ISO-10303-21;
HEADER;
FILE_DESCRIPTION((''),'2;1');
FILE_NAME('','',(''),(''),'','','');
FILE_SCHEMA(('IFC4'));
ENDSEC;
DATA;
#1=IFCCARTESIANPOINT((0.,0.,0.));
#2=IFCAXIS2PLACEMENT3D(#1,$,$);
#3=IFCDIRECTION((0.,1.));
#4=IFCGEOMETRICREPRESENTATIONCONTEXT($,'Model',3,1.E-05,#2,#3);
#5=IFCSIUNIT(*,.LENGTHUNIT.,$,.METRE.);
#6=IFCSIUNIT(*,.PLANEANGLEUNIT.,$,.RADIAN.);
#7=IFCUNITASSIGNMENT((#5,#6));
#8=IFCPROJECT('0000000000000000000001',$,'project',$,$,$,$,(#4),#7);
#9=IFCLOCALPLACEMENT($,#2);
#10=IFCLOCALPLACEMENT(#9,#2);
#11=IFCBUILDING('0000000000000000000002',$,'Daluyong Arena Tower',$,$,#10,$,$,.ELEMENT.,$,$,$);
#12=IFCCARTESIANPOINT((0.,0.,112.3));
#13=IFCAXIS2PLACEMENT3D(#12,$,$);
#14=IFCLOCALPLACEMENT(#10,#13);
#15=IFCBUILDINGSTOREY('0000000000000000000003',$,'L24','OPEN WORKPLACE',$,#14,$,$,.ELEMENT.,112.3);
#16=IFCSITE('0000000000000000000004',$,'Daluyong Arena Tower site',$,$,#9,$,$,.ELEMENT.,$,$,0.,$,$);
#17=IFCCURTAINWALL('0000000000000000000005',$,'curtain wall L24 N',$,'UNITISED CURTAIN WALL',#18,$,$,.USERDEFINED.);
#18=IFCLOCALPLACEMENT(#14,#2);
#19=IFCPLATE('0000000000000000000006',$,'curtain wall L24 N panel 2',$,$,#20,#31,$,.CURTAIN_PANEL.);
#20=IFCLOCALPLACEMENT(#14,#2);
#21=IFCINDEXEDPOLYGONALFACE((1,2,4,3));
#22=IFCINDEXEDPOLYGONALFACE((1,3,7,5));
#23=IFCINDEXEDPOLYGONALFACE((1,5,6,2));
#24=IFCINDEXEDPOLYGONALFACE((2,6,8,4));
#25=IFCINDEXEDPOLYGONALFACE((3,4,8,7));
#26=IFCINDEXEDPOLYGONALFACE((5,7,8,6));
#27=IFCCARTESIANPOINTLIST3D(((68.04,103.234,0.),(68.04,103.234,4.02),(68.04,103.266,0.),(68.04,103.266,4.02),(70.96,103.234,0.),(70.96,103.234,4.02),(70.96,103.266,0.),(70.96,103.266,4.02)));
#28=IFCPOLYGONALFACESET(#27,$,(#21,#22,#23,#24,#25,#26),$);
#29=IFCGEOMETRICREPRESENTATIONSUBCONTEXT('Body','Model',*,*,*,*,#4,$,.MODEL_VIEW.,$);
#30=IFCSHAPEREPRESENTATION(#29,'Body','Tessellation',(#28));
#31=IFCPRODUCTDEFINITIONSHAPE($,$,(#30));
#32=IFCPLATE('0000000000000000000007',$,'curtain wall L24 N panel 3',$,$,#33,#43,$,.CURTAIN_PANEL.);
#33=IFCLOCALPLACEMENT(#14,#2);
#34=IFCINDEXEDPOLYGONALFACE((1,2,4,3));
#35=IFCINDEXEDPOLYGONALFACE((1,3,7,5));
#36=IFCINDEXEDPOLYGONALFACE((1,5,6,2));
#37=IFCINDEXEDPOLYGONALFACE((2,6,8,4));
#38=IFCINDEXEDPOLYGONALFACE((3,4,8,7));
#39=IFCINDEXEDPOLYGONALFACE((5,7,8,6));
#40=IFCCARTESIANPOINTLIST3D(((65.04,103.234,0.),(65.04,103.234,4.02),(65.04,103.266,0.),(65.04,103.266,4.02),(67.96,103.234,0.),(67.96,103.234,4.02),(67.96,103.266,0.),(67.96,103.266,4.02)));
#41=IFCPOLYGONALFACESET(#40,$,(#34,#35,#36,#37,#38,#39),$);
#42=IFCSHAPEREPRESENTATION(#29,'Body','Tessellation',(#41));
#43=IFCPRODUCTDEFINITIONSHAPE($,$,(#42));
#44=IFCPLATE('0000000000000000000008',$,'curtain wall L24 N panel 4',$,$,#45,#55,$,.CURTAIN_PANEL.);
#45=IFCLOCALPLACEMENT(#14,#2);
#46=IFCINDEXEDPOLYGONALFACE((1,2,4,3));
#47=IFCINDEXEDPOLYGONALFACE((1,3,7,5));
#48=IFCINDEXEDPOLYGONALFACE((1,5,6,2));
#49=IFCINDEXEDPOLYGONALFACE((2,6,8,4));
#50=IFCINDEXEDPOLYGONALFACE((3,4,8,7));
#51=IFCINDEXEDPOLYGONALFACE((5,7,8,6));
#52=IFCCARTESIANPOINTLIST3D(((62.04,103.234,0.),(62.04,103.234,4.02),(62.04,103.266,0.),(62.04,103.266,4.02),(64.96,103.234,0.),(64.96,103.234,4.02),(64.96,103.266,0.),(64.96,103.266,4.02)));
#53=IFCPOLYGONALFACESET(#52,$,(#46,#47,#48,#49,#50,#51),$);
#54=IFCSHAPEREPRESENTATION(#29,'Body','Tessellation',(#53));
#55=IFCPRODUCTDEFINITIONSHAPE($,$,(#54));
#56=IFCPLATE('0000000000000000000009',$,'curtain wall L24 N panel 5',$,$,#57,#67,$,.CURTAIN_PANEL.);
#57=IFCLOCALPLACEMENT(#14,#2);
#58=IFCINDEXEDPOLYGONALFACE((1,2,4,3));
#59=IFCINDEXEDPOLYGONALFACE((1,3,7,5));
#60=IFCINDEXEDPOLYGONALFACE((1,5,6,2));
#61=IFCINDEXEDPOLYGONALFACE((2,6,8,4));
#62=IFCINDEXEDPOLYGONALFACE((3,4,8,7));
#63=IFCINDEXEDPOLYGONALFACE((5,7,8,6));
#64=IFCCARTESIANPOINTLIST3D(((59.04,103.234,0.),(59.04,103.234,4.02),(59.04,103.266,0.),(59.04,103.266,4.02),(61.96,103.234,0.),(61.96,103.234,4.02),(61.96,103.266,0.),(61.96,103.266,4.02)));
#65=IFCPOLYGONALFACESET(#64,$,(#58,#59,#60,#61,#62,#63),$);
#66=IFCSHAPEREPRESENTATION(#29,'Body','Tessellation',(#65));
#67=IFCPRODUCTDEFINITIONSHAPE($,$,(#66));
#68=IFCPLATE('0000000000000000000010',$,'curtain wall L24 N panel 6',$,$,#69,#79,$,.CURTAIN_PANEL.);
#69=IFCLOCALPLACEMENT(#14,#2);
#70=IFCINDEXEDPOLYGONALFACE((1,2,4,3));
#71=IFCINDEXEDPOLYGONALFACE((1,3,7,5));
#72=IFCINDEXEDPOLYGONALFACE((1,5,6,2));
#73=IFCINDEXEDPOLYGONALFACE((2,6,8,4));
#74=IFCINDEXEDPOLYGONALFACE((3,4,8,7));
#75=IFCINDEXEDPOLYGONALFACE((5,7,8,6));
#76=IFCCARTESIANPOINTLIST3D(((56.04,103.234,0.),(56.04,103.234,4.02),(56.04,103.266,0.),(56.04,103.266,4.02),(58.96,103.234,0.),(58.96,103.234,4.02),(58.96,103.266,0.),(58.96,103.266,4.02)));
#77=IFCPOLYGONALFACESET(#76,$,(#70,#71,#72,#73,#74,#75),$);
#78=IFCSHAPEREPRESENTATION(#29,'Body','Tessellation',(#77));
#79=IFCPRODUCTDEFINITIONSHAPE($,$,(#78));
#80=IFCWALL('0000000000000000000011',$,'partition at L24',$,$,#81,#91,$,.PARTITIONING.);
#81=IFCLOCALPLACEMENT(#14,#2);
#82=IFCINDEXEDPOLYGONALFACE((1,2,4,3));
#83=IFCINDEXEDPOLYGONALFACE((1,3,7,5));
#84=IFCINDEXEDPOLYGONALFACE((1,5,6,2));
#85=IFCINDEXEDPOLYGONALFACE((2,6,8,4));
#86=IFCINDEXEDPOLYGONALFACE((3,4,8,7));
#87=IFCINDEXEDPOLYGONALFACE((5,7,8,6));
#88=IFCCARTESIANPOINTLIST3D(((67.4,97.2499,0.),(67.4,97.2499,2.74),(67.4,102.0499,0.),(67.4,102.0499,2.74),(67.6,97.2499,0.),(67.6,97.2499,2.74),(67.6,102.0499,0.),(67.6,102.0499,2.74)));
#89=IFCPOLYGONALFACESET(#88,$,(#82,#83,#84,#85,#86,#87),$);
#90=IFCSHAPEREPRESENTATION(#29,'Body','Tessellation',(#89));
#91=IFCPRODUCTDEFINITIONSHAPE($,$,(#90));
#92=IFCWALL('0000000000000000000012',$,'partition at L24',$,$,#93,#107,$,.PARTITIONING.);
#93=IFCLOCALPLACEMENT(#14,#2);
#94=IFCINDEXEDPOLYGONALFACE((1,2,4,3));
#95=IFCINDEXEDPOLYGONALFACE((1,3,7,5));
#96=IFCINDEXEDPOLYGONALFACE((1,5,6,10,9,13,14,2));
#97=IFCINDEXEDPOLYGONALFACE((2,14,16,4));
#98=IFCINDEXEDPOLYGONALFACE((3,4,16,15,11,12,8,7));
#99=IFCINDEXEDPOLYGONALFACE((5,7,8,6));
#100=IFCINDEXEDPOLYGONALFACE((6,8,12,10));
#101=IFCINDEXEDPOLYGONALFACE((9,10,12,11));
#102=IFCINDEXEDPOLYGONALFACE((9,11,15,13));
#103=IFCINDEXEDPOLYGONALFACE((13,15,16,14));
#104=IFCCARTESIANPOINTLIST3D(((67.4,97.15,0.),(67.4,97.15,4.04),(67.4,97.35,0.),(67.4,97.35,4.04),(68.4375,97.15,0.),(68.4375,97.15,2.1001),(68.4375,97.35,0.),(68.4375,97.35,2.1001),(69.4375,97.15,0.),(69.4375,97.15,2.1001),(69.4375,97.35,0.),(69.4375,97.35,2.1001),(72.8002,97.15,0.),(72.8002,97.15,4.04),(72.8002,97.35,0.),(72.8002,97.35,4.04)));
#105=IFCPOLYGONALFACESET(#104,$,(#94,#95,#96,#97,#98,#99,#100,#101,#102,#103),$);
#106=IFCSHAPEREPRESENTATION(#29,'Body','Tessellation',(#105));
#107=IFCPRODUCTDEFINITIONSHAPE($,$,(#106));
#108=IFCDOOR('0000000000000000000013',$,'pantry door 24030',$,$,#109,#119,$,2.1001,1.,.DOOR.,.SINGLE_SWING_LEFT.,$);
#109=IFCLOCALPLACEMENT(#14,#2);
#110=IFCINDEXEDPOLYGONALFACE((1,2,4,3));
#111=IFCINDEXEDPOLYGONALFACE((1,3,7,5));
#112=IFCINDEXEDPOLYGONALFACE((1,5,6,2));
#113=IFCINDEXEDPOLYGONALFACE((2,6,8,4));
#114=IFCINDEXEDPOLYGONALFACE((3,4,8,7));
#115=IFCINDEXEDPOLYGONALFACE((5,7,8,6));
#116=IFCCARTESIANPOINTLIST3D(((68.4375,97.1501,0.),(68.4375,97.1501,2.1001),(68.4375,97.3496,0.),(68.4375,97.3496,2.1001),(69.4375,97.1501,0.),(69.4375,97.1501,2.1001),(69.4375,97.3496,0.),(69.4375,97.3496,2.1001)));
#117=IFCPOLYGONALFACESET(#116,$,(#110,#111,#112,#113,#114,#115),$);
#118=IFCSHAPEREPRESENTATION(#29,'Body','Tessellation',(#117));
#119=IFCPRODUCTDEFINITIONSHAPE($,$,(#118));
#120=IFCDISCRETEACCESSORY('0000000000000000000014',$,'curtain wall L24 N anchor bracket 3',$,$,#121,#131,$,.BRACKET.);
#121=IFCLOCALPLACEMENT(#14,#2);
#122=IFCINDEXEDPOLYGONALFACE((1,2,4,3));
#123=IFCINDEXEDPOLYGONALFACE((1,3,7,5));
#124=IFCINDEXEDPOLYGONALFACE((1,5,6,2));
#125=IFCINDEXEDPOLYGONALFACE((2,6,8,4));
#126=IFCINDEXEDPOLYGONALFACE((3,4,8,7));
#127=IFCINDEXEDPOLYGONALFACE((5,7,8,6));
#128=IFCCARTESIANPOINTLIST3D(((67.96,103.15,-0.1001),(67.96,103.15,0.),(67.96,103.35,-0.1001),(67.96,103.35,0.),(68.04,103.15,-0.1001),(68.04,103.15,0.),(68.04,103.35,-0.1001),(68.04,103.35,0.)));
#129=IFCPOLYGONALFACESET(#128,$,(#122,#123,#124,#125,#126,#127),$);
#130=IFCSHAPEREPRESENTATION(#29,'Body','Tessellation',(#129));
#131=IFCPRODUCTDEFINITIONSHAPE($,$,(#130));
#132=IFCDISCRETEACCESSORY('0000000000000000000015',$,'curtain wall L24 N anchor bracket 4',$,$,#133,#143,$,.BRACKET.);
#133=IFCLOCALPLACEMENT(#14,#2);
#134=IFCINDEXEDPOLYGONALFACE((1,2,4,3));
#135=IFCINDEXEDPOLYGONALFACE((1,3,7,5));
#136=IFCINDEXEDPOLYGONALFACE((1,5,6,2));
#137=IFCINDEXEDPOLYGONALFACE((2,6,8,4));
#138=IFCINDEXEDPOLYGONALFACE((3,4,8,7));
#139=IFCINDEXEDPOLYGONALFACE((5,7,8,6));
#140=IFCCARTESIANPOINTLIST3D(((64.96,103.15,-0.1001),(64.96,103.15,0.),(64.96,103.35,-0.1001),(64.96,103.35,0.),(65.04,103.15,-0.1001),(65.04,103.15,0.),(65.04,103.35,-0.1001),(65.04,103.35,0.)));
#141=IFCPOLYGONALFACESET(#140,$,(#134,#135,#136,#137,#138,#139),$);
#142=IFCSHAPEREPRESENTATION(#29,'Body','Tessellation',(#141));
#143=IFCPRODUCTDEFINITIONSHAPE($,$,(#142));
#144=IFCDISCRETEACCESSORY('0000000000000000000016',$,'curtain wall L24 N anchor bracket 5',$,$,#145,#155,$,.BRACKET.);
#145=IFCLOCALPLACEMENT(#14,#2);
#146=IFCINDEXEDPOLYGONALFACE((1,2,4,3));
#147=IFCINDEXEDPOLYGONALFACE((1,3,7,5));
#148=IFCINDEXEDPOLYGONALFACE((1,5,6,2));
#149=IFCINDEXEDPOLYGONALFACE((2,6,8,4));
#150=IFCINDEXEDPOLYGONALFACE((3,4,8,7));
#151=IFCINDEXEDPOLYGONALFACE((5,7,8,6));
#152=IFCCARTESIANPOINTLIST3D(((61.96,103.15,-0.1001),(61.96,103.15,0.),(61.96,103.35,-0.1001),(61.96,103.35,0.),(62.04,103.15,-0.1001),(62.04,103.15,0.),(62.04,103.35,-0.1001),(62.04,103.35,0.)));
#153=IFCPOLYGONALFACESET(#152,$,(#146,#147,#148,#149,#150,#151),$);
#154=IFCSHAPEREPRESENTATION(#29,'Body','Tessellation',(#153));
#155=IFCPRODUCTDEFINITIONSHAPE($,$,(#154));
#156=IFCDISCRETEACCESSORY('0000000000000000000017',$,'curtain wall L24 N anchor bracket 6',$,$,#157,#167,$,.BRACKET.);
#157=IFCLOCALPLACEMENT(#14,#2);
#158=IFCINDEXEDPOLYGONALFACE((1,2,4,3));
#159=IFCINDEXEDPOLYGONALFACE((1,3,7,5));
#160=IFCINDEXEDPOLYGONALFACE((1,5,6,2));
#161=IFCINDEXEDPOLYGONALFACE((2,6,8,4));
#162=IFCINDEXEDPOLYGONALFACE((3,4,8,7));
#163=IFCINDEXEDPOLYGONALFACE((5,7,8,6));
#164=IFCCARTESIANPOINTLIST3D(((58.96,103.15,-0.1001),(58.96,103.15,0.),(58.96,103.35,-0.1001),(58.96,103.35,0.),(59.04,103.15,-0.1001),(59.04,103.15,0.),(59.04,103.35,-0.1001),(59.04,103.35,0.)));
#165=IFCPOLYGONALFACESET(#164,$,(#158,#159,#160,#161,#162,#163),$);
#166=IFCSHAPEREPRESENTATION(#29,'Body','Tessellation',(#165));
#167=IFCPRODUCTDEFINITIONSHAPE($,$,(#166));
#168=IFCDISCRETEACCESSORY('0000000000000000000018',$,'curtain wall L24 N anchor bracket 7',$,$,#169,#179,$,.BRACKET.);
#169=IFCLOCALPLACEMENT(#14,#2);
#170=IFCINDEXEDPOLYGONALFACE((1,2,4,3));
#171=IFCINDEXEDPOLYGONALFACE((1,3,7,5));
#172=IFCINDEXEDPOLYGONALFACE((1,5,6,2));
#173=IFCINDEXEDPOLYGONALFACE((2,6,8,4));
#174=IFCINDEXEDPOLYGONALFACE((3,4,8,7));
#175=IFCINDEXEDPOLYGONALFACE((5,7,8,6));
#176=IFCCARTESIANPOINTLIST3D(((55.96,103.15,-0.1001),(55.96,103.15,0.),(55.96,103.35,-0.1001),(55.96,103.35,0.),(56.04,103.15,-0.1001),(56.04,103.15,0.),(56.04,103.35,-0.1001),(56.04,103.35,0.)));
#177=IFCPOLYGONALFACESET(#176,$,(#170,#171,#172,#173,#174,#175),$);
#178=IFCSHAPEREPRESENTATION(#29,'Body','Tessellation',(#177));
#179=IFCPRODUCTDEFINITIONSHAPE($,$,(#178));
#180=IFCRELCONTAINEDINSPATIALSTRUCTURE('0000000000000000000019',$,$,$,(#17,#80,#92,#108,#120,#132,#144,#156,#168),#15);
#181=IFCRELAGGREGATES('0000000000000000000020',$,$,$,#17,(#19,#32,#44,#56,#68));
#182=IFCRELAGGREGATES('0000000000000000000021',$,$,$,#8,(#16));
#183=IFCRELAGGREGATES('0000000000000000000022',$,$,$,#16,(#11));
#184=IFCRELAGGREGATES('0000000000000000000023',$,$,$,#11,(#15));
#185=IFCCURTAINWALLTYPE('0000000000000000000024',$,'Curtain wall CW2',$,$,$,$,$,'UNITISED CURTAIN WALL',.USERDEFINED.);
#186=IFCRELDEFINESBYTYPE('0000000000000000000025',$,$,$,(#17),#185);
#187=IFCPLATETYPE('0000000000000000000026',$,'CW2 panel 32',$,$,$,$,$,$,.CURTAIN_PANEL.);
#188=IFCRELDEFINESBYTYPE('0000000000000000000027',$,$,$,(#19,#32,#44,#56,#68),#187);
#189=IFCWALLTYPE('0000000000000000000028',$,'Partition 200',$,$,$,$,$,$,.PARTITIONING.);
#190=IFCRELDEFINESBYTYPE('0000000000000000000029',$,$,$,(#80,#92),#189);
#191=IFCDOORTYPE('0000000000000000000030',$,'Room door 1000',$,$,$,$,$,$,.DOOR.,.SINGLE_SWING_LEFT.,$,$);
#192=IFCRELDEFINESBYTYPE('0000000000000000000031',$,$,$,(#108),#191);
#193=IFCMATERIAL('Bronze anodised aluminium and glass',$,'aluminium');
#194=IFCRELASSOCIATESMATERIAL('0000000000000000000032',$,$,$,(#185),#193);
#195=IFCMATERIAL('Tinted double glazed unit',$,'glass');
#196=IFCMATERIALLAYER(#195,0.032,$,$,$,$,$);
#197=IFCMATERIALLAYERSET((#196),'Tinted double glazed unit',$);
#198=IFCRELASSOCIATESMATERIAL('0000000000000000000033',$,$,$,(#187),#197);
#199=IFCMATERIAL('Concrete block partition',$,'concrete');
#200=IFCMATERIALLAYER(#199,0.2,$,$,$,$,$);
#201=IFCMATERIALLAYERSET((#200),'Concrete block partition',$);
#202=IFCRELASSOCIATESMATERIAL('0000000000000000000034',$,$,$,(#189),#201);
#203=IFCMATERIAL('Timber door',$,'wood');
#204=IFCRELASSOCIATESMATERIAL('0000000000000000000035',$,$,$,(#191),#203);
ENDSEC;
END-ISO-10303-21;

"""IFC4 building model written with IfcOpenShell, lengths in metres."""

from ifc_helpers import new_model, si_unit, direction, frame, frame_2d, origin, origin_2d, place, context, subcontext, project, spatial, rectangle, extrude, material, layer, layer_set, type_object, element, fill, aggregate, save


model = new_model("IFC4")

# Units and contexts
model_context = context("Model", 3, precision=1e-05, world=origin(), true_north=direction((0.0, 1.0)))
body_context = subcontext(model_context, "Body", "Model", "MODEL_VIEW")
ifc_project = project(units=[si_unit("LENGTHUNIT", "METRE"), si_unit("PLANEANGLEUNIT", "RADIAN")], contexts=[model_context])

# Site, building, storey
site_placement = place(None, origin())
site = spatial("IfcSite", under=ifc_project, at=site_placement, Name="Daluyong Arena Tower site", CompositionType="ELEMENT", RefElevation=0.0)
building_placement = place(site_placement, origin())
building = spatial("IfcBuilding", under=site, at=building_placement, Name="Daluyong Arena Tower", CompositionType="ELEMENT")
storey_placement = place(building_placement, frame((0.0, 0.0, 112.3)))
storey = spatial("IfcBuildingStorey", under=building, at=storey_placement, Name="L24", Description="OPEN WORKPLACE", CompositionType="ELEMENT", Elevation=112.3)

# Curtain wall
ifc_material_1 = material(Name="Bronze anodised aluminium and glass", Category="aluminium")
curtain_wall_type = type_object("IfcCurtainWallType", Name="Curtain wall CW2", ElementType="UNITISED CURTAIN WALL", PredefinedType="USERDEFINED", material=ifc_material_1)
curtain_wall_placement = place(storey_placement, origin())
curtain_wall = element("IfcCurtainWall", 1, at=curtain_wall_placement, inside=storey, type_object=curtain_wall_type, Name="curtain wall L24 N", ObjectType="UNITISED CURTAIN WALL", PredefinedType="USERDEFINED")

# Plates
ifc_material_2 = material(Name="Tinted double glazed unit", Category="glass")
ifc_layer_1 = layer(ifc_material_2, 0.032)
ifc_layer_set_1 = layer_set([ifc_layer_1], Name="Tinted double glazed unit")
plate_type = type_object("IfcPlateType", Name="CW2 panel 32", PredefinedType="CURTAIN_PANEL", material=ifc_layer_set_1)
plate_1_placement = place(storey_placement, frame((69.5, 103.25, 0.0), z_axis=(0.0, 0.0, 1.0), x_axis=(-1.0, 0.0, 0.0)))
plate_1 = element("IfcPlate", 2, at=plate_1_placement, type_object=plate_type, Name="curtain wall L24 N panel 2", PredefinedType="CURTAIN_PANEL", context=body_context, shape_type="SweptSolid", body=[
    extrude(rectangle(XDim=2.9199, YDim=0.032, at=origin_2d()), origin(), (0.0, 0.0, 1.0), 4.02),
])
plate_2_placement = place(storey_placement, frame((66.5, 103.25, 0.0), z_axis=(0.0, 0.0, 1.0), x_axis=(-1.0, 0.0, 0.0)))
plate_2 = element("IfcPlate", 3, at=plate_2_placement, type_object=plate_type, Name="curtain wall L24 N panel 3", PredefinedType="CURTAIN_PANEL", context=body_context, shape_type="SweptSolid", body=[
    extrude(rectangle(XDim=2.9199, YDim=0.032, at=origin_2d()), origin(), (0.0, 0.0, 1.0), 4.02),
])
plate_3_placement = place(storey_placement, frame((63.5, 103.25, 0.0), z_axis=(0.0, 0.0, 1.0), x_axis=(-1.0, 0.0, 0.0)))
plate_3 = element("IfcPlate", 4, at=plate_3_placement, type_object=plate_type, Name="curtain wall L24 N panel 4", PredefinedType="CURTAIN_PANEL", context=body_context, shape_type="SweptSolid", body=[
    extrude(rectangle(XDim=2.9199, YDim=0.032, at=origin_2d()), origin(), (0.0, 0.0, 1.0), 4.02),
])
plate_4_placement = place(storey_placement, frame((60.5, 103.25, 0.0), z_axis=(0.0, 0.0, 1.0), x_axis=(-1.0, 0.0, 0.0)))
plate_4 = element("IfcPlate", 5, at=plate_4_placement, type_object=plate_type, Name="curtain wall L24 N panel 5", PredefinedType="CURTAIN_PANEL", context=body_context, shape_type="SweptSolid", body=[
    extrude(rectangle(XDim=2.9199, YDim=0.032, at=origin_2d()), origin(), (0.0, 0.0, 1.0), 4.02),
])
plate_5_placement = place(storey_placement, frame((57.5, 103.25, 0.0), z_axis=(0.0, 0.0, 1.0), x_axis=(-1.0, 0.0, 0.0)))
plate_5 = element("IfcPlate", 6, at=plate_5_placement, type_object=plate_type, Name="curtain wall L24 N panel 6", PredefinedType="CURTAIN_PANEL", context=body_context, shape_type="SweptSolid", body=[
    extrude(rectangle(XDim=2.9199, YDim=0.032, at=origin_2d()), origin(), (0.0, 0.0, 1.0), 4.02),
])
aggregate(curtain_wall, [plate_1, plate_2, plate_3, plate_4, plate_5])

# Wall
ifc_material_3 = material(Name="Concrete block partition", Category="concrete")
ifc_layer_2 = layer(ifc_material_3, 0.2)
ifc_layer_set_2 = layer_set([ifc_layer_2], Name="Concrete block partition")
wall_type = type_object("IfcWallType", Name="Partition 200", PredefinedType="PARTITIONING", material=ifc_layer_set_2)
wall_1_placement = place(storey_placement, frame((67.5, 97.25, 0.0), z_axis=(0.0, 0.0, 1.0), x_axis=(0.0, 1.0, 0.0)))
element("IfcWall", 7, at=wall_1_placement, inside=storey, type_object=wall_type, Name="partition at L24", PredefinedType="PARTITIONING", context=body_context, shape_type="SweptSolid", body=[
    extrude(rectangle(XDim=4.8, YDim=0.2, at=frame_2d((2.3999, 0.0))), origin(), (0.0, 0.0, 1.0), 2.74),
])

# Wall, opening, door
wall_2_placement = place(storey_placement, frame((67.3999, 97.25, 0.0), z_axis=(0.0, 0.0, 1.0), x_axis=(1.0, 0.0, 0.0)))
wall_2 = element("IfcWall", 8, at=wall_2_placement, inside=storey, type_object=wall_type, Name="partition at L24", PredefinedType="PARTITIONING", context=body_context, shape_type="SweptSolid", body=[
    extrude(rectangle(XDim=5.4001, YDim=0.2, at=frame_2d((2.7002, 0.0))), origin(), (0.0, 0.0, 1.0), 4.04),
])
opening_placement = place(wall_2_placement, frame((1.0376, 0.0, 0.0)))
opening = element("IfcOpeningElement", 9, at=opening_placement, cuts=wall_2, PredefinedType="OPENING", context=body_context, shape_type="SweptSolid", body=[
    extrude(rectangle(XDim=1.0, YDim=2.1001, at=frame_2d((0.5, 1.05))), frame((0.0, 0.1099, 0.0), z_axis=(0.0, -1.0, 0.0), x_axis=(1.0, 0.0, 0.0)), (0.0, 0.0, 1.0), 0.22),
])
ifc_material_4 = material(Name="Timber door", Category="wood")
door_type = type_object("IfcDoorType", Name="Room door 1000", OperationType="SINGLE_SWING_LEFT", PredefinedType="DOOR", material=ifc_material_4)
door_placement = place(opening_placement, origin())
door = element("IfcDoor", 10, at=door_placement, inside=storey, type_object=door_type, Name="pantry door 24030", OperationType="SINGLE_SWING_LEFT", OverallHeight=2.1001, OverallWidth=1.0, PredefinedType="DOOR", context=body_context, shape_type="SweptSolid", body=[
    extrude(rectangle(XDim=1.0, YDim=2.1001, at=frame_2d((0.5, 1.05))), frame((0.0, 0.0996, 0.0), z_axis=(0.0, -1.0, 0.0), x_axis=(1.0, 0.0, 0.0)), (0.0, 0.0, 1.0), 0.1995),
])
fill(opening, door)

# Discrete accessories
for number, where, z_axis, x_axis, name in (
    (11, (68.0, 103.25, -0.1001), (0.0, 0.0, 1.0), (-1.0, 0.0, 0.0), "curtain wall L24 N anchor bracket 3"),
    (12, (65.0, 103.25, -0.1001), (0.0, 0.0, 1.0), (-1.0, 0.0, 0.0), "curtain wall L24 N anchor bracket 4"),
    (13, (62.0, 103.25, -0.1001), (0.0, 0.0, 1.0), (-1.0, 0.0, 0.0), "curtain wall L24 N anchor bracket 5"),
    (14, (59.0, 103.25, -0.1001), (0.0, 0.0, 1.0), (-1.0, 0.0, 0.0), "curtain wall L24 N anchor bracket 6"),
    (15, (56.0, 103.25, -0.1001), (0.0, 0.0, 1.0), (-1.0, 0.0, 0.0), "curtain wall L24 N anchor bracket 7"),
):
    element("IfcDiscreteAccessory", number, at=place(storey_placement, frame(where, z_axis=z_axis, x_axis=x_axis)), inside=storey, Name=name, PredefinedType="BRACKET", context=body_context, shape_type="SweptSolid", body=[
        extrude(rectangle(XDim=0.0801, YDim=0.2, at=origin_2d()), origin(), (0.0, 0.0, 1.0), 0.1001),
    ])

save(model, "model.ifc")
